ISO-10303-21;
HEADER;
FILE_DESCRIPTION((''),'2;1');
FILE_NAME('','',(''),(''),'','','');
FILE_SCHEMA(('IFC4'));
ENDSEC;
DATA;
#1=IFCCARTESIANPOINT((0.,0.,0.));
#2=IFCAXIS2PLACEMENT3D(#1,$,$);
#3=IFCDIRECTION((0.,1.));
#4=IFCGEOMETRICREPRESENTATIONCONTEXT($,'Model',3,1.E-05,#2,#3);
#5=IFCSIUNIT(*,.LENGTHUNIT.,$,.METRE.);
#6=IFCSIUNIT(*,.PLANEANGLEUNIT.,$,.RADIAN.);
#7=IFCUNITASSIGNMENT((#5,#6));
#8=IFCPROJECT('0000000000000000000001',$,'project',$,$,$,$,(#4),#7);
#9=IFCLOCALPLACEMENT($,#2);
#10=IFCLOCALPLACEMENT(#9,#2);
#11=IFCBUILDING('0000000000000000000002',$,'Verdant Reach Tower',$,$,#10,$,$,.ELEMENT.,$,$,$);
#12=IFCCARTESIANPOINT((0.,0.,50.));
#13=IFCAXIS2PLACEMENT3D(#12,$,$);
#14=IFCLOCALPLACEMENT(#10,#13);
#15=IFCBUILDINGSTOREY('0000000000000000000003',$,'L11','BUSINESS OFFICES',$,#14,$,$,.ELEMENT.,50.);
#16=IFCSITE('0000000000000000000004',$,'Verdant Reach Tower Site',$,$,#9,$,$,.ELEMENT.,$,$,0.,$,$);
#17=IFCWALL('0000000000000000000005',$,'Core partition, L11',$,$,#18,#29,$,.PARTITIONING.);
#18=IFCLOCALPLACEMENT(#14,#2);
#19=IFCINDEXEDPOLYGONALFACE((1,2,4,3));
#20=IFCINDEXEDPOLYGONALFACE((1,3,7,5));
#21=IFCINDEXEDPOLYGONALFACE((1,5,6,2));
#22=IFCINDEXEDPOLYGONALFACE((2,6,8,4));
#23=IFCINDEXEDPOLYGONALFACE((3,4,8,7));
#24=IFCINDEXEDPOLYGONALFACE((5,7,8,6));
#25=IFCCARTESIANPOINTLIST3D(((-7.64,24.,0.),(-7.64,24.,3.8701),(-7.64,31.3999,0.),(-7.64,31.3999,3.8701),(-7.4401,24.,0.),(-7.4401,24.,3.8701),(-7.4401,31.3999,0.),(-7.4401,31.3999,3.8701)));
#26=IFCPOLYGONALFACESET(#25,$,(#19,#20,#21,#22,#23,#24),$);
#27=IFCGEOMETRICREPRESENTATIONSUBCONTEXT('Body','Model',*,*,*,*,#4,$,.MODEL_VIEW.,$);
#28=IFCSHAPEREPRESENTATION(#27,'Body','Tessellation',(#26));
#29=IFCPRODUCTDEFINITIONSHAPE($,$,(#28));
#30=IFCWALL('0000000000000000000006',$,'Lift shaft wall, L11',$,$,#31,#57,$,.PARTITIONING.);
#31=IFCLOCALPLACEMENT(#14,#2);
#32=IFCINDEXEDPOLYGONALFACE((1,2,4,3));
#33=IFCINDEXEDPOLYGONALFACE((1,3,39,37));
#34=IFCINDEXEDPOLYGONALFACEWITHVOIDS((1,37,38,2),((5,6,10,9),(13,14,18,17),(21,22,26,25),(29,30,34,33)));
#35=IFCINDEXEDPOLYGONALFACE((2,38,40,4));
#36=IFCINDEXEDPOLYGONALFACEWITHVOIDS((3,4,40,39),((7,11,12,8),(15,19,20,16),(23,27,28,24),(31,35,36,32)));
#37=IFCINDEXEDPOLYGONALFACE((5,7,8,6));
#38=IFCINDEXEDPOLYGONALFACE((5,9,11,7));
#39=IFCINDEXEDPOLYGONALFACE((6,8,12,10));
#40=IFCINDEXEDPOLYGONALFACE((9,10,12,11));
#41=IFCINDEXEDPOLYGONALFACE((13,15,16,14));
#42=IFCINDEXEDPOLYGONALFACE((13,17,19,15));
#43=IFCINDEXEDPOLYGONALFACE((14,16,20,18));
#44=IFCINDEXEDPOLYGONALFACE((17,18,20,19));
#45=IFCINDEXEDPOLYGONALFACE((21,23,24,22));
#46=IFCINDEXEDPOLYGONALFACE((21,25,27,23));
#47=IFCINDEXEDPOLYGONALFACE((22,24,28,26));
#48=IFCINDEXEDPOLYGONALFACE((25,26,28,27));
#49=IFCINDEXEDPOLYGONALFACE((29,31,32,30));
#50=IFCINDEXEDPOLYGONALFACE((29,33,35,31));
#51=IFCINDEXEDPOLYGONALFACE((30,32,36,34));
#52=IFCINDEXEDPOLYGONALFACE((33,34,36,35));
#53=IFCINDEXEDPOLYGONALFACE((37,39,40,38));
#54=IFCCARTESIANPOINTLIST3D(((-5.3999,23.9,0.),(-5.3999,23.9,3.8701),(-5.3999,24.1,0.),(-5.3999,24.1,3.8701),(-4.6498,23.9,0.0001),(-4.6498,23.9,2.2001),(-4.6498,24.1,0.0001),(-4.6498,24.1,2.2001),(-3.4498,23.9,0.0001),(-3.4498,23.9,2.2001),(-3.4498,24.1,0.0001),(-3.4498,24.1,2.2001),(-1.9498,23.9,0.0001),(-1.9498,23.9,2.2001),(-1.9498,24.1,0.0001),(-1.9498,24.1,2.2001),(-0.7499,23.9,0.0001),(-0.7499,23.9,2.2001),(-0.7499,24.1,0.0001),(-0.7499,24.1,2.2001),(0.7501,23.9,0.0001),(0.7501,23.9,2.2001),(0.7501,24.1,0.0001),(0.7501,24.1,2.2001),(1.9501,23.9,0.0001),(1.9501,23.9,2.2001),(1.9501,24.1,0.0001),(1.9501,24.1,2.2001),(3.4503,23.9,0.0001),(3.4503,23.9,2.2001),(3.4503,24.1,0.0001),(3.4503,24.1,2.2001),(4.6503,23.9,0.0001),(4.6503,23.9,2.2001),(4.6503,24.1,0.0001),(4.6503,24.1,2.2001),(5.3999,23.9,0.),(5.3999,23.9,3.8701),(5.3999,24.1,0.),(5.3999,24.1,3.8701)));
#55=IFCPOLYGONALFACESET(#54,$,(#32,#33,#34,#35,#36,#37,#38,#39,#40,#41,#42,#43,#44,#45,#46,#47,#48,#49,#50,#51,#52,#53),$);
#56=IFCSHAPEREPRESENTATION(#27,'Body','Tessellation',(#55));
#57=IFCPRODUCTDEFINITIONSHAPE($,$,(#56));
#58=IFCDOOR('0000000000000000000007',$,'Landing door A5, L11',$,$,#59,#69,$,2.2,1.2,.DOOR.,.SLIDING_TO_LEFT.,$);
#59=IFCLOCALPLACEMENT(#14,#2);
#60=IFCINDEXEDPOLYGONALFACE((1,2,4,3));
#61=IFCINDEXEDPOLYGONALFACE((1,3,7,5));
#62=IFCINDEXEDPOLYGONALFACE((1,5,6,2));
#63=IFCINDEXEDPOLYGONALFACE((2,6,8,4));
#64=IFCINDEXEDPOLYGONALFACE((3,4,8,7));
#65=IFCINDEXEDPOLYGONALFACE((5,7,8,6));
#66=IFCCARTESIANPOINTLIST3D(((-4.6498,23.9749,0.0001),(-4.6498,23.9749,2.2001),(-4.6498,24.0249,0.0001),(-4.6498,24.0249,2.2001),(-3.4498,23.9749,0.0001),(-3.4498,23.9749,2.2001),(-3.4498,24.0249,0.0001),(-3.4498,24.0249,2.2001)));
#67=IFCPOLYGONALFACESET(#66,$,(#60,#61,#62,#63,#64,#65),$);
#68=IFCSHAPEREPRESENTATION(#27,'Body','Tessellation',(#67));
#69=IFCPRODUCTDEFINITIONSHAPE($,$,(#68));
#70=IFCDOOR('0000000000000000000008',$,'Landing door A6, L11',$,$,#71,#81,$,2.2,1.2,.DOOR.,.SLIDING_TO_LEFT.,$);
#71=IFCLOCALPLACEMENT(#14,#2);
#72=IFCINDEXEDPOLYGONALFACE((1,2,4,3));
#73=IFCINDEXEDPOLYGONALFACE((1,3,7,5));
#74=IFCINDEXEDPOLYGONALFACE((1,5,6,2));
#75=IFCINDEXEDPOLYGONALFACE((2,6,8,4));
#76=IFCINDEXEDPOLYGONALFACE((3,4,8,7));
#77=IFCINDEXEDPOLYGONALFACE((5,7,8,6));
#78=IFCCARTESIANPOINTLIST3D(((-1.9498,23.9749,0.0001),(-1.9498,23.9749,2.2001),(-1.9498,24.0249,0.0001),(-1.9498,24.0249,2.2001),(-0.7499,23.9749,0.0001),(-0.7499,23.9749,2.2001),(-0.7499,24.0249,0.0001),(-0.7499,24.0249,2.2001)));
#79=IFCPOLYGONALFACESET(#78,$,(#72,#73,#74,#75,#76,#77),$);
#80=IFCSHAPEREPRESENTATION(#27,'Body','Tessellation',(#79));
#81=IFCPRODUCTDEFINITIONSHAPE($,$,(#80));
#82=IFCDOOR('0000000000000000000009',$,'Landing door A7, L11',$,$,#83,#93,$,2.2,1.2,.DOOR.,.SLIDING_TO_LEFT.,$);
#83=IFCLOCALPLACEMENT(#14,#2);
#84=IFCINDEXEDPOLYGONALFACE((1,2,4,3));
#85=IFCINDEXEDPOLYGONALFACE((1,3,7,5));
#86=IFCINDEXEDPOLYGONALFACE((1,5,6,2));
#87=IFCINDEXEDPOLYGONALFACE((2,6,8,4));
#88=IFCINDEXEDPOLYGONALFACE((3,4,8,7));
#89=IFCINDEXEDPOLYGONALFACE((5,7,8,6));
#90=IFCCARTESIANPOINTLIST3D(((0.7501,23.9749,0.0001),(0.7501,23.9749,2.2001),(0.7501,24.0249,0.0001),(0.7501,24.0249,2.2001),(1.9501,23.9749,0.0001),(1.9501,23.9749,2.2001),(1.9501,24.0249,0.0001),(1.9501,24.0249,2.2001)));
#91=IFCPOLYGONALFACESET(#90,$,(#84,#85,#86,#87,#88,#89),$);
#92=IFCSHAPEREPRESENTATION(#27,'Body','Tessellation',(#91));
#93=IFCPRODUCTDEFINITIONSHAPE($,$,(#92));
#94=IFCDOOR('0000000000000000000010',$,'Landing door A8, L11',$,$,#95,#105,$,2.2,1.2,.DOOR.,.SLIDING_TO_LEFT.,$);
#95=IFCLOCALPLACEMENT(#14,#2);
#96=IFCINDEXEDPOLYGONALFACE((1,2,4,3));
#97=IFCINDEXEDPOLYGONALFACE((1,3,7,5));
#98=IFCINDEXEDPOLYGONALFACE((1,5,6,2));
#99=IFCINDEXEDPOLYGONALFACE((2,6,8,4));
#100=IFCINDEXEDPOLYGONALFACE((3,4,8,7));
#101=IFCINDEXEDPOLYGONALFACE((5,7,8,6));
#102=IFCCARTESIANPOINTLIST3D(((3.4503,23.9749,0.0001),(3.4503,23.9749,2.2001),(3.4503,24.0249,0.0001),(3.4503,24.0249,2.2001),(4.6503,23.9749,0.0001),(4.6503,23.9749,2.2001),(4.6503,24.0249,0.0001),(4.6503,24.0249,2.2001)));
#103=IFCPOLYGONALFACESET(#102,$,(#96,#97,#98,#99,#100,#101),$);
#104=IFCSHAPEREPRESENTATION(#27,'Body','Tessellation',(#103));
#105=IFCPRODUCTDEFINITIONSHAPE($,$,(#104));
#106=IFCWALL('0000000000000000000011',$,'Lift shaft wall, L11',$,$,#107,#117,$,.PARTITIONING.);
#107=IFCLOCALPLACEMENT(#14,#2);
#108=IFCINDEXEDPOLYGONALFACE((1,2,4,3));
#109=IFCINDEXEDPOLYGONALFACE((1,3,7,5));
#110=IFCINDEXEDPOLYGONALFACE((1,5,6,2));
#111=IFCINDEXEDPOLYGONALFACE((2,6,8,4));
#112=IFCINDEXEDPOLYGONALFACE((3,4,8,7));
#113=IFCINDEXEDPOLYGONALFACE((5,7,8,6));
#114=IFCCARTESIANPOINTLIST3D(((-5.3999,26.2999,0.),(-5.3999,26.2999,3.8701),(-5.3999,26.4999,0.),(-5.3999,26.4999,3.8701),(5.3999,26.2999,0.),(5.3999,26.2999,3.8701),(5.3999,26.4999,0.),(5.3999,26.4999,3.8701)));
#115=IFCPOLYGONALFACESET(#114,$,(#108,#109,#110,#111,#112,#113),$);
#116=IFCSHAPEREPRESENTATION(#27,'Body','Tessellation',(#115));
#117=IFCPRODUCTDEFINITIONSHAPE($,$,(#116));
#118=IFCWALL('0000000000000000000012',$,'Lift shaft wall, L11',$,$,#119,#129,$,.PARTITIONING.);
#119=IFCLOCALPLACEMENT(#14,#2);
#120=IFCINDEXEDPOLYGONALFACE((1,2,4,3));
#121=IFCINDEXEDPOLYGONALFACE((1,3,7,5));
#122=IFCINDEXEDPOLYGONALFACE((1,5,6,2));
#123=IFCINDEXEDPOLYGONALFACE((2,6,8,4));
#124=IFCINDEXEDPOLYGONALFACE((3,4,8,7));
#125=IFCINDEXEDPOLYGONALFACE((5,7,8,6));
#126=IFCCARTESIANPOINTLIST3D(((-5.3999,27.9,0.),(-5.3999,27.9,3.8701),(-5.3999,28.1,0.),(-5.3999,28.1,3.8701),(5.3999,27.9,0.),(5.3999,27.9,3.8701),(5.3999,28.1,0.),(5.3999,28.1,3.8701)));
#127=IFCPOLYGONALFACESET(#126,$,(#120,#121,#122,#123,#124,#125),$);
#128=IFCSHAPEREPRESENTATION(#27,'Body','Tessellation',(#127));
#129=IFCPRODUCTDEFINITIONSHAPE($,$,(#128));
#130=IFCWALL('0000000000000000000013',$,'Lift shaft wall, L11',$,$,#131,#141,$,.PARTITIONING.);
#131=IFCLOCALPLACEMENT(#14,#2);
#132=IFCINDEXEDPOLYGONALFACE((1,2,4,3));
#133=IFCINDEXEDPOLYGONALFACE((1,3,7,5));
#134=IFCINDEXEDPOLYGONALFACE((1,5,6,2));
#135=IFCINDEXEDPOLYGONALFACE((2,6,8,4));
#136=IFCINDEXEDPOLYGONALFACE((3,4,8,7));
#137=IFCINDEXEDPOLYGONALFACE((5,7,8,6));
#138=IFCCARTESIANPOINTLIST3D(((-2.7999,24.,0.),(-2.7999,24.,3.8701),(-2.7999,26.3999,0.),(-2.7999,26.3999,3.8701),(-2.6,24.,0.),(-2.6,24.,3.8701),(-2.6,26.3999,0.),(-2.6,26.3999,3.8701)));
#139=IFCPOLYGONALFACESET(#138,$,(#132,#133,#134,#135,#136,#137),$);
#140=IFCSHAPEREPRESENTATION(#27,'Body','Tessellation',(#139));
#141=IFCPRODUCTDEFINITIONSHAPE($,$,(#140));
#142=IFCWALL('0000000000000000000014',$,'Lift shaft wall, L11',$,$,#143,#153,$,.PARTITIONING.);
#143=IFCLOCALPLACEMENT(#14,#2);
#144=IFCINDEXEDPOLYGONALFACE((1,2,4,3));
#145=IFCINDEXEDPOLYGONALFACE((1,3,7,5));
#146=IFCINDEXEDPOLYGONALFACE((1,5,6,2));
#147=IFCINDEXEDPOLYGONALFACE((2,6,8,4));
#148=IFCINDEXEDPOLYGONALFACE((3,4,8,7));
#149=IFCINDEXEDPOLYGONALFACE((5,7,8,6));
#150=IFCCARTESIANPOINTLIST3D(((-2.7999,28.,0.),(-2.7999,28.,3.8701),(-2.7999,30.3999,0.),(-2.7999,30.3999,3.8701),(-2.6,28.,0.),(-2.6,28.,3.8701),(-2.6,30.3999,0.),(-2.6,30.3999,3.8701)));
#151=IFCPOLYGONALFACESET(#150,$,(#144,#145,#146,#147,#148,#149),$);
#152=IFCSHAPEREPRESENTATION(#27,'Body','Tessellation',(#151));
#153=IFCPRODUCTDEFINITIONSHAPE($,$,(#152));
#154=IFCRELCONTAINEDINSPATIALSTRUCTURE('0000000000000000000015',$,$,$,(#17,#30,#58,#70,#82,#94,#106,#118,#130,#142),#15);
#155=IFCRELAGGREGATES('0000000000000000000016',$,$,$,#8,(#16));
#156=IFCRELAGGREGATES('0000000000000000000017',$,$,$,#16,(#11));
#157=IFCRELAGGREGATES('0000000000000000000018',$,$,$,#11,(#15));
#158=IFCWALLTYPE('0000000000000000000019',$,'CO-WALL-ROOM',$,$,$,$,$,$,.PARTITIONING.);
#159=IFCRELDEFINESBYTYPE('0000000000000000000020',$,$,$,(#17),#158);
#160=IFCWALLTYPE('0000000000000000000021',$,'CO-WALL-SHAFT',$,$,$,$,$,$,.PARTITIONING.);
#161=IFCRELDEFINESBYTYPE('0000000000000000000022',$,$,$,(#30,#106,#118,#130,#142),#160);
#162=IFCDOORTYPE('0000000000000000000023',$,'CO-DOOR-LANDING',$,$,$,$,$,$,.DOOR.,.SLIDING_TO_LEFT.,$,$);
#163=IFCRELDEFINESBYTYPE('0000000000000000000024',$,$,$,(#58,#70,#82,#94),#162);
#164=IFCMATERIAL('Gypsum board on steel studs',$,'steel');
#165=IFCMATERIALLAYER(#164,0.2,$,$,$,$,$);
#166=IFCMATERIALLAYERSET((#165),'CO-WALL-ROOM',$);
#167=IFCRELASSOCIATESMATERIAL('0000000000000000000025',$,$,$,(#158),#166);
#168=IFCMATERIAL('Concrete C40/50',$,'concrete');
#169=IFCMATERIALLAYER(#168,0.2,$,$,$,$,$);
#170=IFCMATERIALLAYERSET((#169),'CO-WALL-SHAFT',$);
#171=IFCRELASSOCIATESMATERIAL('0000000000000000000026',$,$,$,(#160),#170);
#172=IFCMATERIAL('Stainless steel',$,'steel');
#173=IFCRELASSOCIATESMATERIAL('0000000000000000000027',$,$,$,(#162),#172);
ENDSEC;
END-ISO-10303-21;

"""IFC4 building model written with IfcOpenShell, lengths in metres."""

from ifc_helpers import new_model, si_unit, direction, frame, frame_2d, origin, place, context, subcontext, project, spatial, rectangle, extrude, material, layer, layer_set, type_object, element, fill, save


model = new_model("IFC4")

# Units and contexts
model_context = context("Model", 3, precision=1e-05, world=origin(), true_north=direction((0.0, 1.0)))
body_context = subcontext(model_context, "Body", "Model", "MODEL_VIEW")
ifc_project = project(units=[si_unit("LENGTHUNIT", "METRE"), si_unit("PLANEANGLEUNIT", "RADIAN")], contexts=[model_context])

# Site, building, storey
site_placement = place(None, origin())
site = spatial("IfcSite", under=ifc_project, at=site_placement, Name="Verdant Reach Tower Site", CompositionType="ELEMENT", RefElevation=0.0)
building_placement = place(site_placement, origin())
building = spatial("IfcBuilding", under=site, at=building_placement, Name="Verdant Reach Tower", CompositionType="ELEMENT")
storey_placement = place(building_placement, frame((0.0, 0.0, 50.0)))
storey = spatial("IfcBuildingStorey", under=building, at=storey_placement, Name="L11", Description="BUSINESS OFFICES", CompositionType="ELEMENT", Elevation=50.0)

# Wall
ifc_material_1 = material(Name="Gypsum board on steel studs", Category="steel")
ifc_layer_1 = layer(ifc_material_1, 0.2)
ifc_layer_set_1 = layer_set([ifc_layer_1], Name="CO-WALL-ROOM")
wall_type_1 = type_object("IfcWallType", Name="CO-WALL-ROOM", PredefinedType="PARTITIONING", material=ifc_layer_set_1)
wall_1_placement = place(storey_placement, frame((-7.54, 24.0, 0.0), z_axis=(0.0, 0.0, 1.0), x_axis=(0.0, 1.0, 0.0)))
element("IfcWall", 1, at=wall_1_placement, inside=storey, type_object=wall_type_1, Name="Core partition, L11", PredefinedType="PARTITIONING", context=body_context, shape_type="SweptSolid", body=[
    extrude(rectangle(XDim=7.3999, YDim=0.2, at=frame_2d((3.7, 0.0))), origin(), (0.0, 0.0, 1.0), 3.8701),
])

# Wall, openings, doors
ifc_material_2 = material(Name="Concrete C40/50", Category="concrete")
ifc_layer_2 = layer(ifc_material_2, 0.2)
ifc_layer_set_2 = layer_set([ifc_layer_2], Name="CO-WALL-SHAFT")
wall_type_2 = type_object("IfcWallType", Name="CO-WALL-SHAFT", PredefinedType="PARTITIONING", material=ifc_layer_set_2)
wall_2_placement = place(storey_placement, frame((-5.3999, 24.0, 0.0), z_axis=(0.0, 0.0, 1.0), x_axis=(1.0, 0.0, 0.0)))
wall_2 = element("IfcWall", 2, at=wall_2_placement, inside=storey, type_object=wall_type_2, Name="Lift shaft wall, L11", PredefinedType="PARTITIONING", context=body_context, shape_type="SweptSolid", body=[
    extrude(rectangle(XDim=10.7998, YDim=0.2, at=frame_2d((5.3999, 0.0))), origin(), (0.0, 0.0, 1.0), 3.8701),
])
opening_1_placement = place(wall_2_placement, frame((0.75, 0.0, 0.0)))
opening_1 = element("IfcOpeningElement", 3, at=opening_1_placement, cuts=wall_2, PredefinedType="OPENING", context=body_context, shape_type="SweptSolid", body=[
    extrude(rectangle(XDim=1.2, YDim=2.2, at=frame_2d((0.6001, 1.1001))), frame((0.0, 0.1099, 0.0), z_axis=(0.0, -1.0, 0.0), x_axis=(1.0, 0.0, 0.0)), (0.0, 0.0, 1.0), 0.22),
])
opening_2_placement = place(wall_2_placement, frame((3.45, 0.0, 0.0)))
opening_2 = element("IfcOpeningElement", 4, at=opening_2_placement, cuts=wall_2, PredefinedType="OPENING", context=body_context, shape_type="SweptSolid", body=[
    extrude(rectangle(XDim=1.2, YDim=2.2, at=frame_2d((0.6001, 1.1001))), frame((0.0, 0.1099, 0.0), z_axis=(0.0, -1.0, 0.0), x_axis=(1.0, 0.0, 0.0)), (0.0, 0.0, 1.0), 0.22),
])
opening_3_placement = place(wall_2_placement, frame((6.1499, 0.0, 0.0)))
opening_3 = element("IfcOpeningElement", 5, at=opening_3_placement, cuts=wall_2, PredefinedType="OPENING", context=body_context, shape_type="SweptSolid", body=[
    extrude(rectangle(XDim=1.2, YDim=2.2, at=frame_2d((0.6001, 1.1001))), frame((0.0, 0.1099, 0.0), z_axis=(0.0, -1.0, 0.0), x_axis=(1.0, 0.0, 0.0)), (0.0, 0.0, 1.0), 0.22),
])
opening_4_placement = place(wall_2_placement, frame((8.8501, 0.0, 0.0)))
opening_4 = element("IfcOpeningElement", 6, at=opening_4_placement, cuts=wall_2, PredefinedType="OPENING", context=body_context, shape_type="SweptSolid", body=[
    extrude(rectangle(XDim=1.2, YDim=2.2, at=frame_2d((0.6001, 1.1001))), frame((0.0, 0.1099, 0.0), z_axis=(0.0, -1.0, 0.0), x_axis=(1.0, 0.0, 0.0)), (0.0, 0.0, 1.0), 0.22),
])
ifc_material_3 = material(Name="Stainless steel", Category="steel")
door_type_1 = type_object("IfcDoorType", Name="CO-DOOR-LANDING", OperationType="SLIDING_TO_LEFT", PredefinedType="DOOR", material=ifc_material_3)
door_1_placement = place(opening_1_placement, origin())
door_1 = element("IfcDoor", 7, at=door_1_placement, inside=storey, type_object=door_type_1, Name="Landing door A5, L11", OperationType="SLIDING_TO_LEFT", OverallHeight=2.2, OverallWidth=1.2, PredefinedType="DOOR", context=body_context, shape_type="SweptSolid", body=[
    extrude(rectangle(XDim=1.2, YDim=2.2, at=frame_2d((0.6001, 1.1001))), frame((0.0, 0.0249, 0.0), z_axis=(0.0, -1.0, 0.0), x_axis=(1.0, 0.0, 0.0)), (0.0, 0.0, 1.0), 0.05),
])
fill(opening_1, door_1)
door_2_placement = place(opening_2_placement, origin())
door_2 = element("IfcDoor", 8, at=door_2_placement, inside=storey, type_object=door_type_1, Name="Landing door A6, L11", OperationType="SLIDING_TO_LEFT", OverallHeight=2.2, OverallWidth=1.2, PredefinedType="DOOR", context=body_context, shape_type="SweptSolid", body=[
    extrude(rectangle(XDim=1.2, YDim=2.2, at=frame_2d((0.6001, 1.1001))), frame((0.0, 0.0249, 0.0), z_axis=(0.0, -1.0, 0.0), x_axis=(1.0, 0.0, 0.0)), (0.0, 0.0, 1.0), 0.05),
])
fill(opening_2, door_2)
door_3_placement = place(opening_3_placement, origin())
door_3 = element("IfcDoor", 9, at=door_3_placement, inside=storey, type_object=door_type_1, Name="Landing door A7, L11", OperationType="SLIDING_TO_LEFT", OverallHeight=2.2, OverallWidth=1.2, PredefinedType="DOOR", context=body_context, shape_type="SweptSolid", body=[
    extrude(rectangle(XDim=1.2, YDim=2.2, at=frame_2d((0.6001, 1.1001))), frame((0.0, 0.0249, 0.0), z_axis=(0.0, -1.0, 0.0), x_axis=(1.0, 0.0, 0.0)), (0.0, 0.0, 1.0), 0.05),
])
fill(opening_3, door_3)
door_4_placement = place(opening_4_placement, origin())
door_4 = element("IfcDoor", 10, at=door_4_placement, inside=storey, type_object=door_type_1, Name="Landing door A8, L11", OperationType="SLIDING_TO_LEFT", OverallHeight=2.2, OverallWidth=1.2, PredefinedType="DOOR", context=body_context, shape_type="SweptSolid", body=[
    extrude(rectangle(XDim=1.2, YDim=2.2, at=frame_2d((0.6001, 1.1001))), frame((0.0, 0.0249, 0.0), z_axis=(0.0, -1.0, 0.0), x_axis=(1.0, 0.0, 0.0)), (0.0, 0.0, 1.0), 0.05),
])
fill(opening_4, door_4)

# Walls
for number, where, z_axis, x_axis, name in (
    (11, (-5.3999, 26.3999, 0.0), (0.0, 0.0, 1.0), (1.0, 0.0, 0.0), "Lift shaft wall, L11"),
    (12, (-5.3999, 28.0, 0.0), (0.0, 0.0, 1.0), (1.0, 0.0, 0.0), "Lift shaft wall, L11"),
):
    element("IfcWall", number, at=place(storey_placement, frame(where, z_axis=z_axis, x_axis=x_axis)), inside=storey, type_object=wall_type_2, Name=name, PredefinedType="PARTITIONING", context=body_context, shape_type="SweptSolid", body=[
        extrude(rectangle(XDim=10.7998, YDim=0.2, at=frame_2d((5.3999, 0.0))), origin(), (0.0, 0.0, 1.0), 3.8701),
    ])
for number, where, z_axis, x_axis, name in (
    (13, (-2.7, 24.0, 0.0), (0.0, 0.0, 1.0), (0.0, 1.0, 0.0), "Lift shaft wall, L11"),
    (14, (-2.7, 28.0, 0.0), (0.0, 0.0, 1.0), (0.0, 1.0, 0.0), "Lift shaft wall, L11"),
):
    element("IfcWall", number, at=place(storey_placement, frame(where, z_axis=z_axis, x_axis=x_axis)), inside=storey, type_object=wall_type_2, Name=name, PredefinedType="PARTITIONING", context=body_context, shape_type="SweptSolid", body=[
        extrude(rectangle(XDim=2.3999, YDim=0.2, at=frame_2d((1.2, 0.0))), origin(), (0.0, 0.0, 1.0), 3.8701),
    ])

save(model, "model.ifc")
